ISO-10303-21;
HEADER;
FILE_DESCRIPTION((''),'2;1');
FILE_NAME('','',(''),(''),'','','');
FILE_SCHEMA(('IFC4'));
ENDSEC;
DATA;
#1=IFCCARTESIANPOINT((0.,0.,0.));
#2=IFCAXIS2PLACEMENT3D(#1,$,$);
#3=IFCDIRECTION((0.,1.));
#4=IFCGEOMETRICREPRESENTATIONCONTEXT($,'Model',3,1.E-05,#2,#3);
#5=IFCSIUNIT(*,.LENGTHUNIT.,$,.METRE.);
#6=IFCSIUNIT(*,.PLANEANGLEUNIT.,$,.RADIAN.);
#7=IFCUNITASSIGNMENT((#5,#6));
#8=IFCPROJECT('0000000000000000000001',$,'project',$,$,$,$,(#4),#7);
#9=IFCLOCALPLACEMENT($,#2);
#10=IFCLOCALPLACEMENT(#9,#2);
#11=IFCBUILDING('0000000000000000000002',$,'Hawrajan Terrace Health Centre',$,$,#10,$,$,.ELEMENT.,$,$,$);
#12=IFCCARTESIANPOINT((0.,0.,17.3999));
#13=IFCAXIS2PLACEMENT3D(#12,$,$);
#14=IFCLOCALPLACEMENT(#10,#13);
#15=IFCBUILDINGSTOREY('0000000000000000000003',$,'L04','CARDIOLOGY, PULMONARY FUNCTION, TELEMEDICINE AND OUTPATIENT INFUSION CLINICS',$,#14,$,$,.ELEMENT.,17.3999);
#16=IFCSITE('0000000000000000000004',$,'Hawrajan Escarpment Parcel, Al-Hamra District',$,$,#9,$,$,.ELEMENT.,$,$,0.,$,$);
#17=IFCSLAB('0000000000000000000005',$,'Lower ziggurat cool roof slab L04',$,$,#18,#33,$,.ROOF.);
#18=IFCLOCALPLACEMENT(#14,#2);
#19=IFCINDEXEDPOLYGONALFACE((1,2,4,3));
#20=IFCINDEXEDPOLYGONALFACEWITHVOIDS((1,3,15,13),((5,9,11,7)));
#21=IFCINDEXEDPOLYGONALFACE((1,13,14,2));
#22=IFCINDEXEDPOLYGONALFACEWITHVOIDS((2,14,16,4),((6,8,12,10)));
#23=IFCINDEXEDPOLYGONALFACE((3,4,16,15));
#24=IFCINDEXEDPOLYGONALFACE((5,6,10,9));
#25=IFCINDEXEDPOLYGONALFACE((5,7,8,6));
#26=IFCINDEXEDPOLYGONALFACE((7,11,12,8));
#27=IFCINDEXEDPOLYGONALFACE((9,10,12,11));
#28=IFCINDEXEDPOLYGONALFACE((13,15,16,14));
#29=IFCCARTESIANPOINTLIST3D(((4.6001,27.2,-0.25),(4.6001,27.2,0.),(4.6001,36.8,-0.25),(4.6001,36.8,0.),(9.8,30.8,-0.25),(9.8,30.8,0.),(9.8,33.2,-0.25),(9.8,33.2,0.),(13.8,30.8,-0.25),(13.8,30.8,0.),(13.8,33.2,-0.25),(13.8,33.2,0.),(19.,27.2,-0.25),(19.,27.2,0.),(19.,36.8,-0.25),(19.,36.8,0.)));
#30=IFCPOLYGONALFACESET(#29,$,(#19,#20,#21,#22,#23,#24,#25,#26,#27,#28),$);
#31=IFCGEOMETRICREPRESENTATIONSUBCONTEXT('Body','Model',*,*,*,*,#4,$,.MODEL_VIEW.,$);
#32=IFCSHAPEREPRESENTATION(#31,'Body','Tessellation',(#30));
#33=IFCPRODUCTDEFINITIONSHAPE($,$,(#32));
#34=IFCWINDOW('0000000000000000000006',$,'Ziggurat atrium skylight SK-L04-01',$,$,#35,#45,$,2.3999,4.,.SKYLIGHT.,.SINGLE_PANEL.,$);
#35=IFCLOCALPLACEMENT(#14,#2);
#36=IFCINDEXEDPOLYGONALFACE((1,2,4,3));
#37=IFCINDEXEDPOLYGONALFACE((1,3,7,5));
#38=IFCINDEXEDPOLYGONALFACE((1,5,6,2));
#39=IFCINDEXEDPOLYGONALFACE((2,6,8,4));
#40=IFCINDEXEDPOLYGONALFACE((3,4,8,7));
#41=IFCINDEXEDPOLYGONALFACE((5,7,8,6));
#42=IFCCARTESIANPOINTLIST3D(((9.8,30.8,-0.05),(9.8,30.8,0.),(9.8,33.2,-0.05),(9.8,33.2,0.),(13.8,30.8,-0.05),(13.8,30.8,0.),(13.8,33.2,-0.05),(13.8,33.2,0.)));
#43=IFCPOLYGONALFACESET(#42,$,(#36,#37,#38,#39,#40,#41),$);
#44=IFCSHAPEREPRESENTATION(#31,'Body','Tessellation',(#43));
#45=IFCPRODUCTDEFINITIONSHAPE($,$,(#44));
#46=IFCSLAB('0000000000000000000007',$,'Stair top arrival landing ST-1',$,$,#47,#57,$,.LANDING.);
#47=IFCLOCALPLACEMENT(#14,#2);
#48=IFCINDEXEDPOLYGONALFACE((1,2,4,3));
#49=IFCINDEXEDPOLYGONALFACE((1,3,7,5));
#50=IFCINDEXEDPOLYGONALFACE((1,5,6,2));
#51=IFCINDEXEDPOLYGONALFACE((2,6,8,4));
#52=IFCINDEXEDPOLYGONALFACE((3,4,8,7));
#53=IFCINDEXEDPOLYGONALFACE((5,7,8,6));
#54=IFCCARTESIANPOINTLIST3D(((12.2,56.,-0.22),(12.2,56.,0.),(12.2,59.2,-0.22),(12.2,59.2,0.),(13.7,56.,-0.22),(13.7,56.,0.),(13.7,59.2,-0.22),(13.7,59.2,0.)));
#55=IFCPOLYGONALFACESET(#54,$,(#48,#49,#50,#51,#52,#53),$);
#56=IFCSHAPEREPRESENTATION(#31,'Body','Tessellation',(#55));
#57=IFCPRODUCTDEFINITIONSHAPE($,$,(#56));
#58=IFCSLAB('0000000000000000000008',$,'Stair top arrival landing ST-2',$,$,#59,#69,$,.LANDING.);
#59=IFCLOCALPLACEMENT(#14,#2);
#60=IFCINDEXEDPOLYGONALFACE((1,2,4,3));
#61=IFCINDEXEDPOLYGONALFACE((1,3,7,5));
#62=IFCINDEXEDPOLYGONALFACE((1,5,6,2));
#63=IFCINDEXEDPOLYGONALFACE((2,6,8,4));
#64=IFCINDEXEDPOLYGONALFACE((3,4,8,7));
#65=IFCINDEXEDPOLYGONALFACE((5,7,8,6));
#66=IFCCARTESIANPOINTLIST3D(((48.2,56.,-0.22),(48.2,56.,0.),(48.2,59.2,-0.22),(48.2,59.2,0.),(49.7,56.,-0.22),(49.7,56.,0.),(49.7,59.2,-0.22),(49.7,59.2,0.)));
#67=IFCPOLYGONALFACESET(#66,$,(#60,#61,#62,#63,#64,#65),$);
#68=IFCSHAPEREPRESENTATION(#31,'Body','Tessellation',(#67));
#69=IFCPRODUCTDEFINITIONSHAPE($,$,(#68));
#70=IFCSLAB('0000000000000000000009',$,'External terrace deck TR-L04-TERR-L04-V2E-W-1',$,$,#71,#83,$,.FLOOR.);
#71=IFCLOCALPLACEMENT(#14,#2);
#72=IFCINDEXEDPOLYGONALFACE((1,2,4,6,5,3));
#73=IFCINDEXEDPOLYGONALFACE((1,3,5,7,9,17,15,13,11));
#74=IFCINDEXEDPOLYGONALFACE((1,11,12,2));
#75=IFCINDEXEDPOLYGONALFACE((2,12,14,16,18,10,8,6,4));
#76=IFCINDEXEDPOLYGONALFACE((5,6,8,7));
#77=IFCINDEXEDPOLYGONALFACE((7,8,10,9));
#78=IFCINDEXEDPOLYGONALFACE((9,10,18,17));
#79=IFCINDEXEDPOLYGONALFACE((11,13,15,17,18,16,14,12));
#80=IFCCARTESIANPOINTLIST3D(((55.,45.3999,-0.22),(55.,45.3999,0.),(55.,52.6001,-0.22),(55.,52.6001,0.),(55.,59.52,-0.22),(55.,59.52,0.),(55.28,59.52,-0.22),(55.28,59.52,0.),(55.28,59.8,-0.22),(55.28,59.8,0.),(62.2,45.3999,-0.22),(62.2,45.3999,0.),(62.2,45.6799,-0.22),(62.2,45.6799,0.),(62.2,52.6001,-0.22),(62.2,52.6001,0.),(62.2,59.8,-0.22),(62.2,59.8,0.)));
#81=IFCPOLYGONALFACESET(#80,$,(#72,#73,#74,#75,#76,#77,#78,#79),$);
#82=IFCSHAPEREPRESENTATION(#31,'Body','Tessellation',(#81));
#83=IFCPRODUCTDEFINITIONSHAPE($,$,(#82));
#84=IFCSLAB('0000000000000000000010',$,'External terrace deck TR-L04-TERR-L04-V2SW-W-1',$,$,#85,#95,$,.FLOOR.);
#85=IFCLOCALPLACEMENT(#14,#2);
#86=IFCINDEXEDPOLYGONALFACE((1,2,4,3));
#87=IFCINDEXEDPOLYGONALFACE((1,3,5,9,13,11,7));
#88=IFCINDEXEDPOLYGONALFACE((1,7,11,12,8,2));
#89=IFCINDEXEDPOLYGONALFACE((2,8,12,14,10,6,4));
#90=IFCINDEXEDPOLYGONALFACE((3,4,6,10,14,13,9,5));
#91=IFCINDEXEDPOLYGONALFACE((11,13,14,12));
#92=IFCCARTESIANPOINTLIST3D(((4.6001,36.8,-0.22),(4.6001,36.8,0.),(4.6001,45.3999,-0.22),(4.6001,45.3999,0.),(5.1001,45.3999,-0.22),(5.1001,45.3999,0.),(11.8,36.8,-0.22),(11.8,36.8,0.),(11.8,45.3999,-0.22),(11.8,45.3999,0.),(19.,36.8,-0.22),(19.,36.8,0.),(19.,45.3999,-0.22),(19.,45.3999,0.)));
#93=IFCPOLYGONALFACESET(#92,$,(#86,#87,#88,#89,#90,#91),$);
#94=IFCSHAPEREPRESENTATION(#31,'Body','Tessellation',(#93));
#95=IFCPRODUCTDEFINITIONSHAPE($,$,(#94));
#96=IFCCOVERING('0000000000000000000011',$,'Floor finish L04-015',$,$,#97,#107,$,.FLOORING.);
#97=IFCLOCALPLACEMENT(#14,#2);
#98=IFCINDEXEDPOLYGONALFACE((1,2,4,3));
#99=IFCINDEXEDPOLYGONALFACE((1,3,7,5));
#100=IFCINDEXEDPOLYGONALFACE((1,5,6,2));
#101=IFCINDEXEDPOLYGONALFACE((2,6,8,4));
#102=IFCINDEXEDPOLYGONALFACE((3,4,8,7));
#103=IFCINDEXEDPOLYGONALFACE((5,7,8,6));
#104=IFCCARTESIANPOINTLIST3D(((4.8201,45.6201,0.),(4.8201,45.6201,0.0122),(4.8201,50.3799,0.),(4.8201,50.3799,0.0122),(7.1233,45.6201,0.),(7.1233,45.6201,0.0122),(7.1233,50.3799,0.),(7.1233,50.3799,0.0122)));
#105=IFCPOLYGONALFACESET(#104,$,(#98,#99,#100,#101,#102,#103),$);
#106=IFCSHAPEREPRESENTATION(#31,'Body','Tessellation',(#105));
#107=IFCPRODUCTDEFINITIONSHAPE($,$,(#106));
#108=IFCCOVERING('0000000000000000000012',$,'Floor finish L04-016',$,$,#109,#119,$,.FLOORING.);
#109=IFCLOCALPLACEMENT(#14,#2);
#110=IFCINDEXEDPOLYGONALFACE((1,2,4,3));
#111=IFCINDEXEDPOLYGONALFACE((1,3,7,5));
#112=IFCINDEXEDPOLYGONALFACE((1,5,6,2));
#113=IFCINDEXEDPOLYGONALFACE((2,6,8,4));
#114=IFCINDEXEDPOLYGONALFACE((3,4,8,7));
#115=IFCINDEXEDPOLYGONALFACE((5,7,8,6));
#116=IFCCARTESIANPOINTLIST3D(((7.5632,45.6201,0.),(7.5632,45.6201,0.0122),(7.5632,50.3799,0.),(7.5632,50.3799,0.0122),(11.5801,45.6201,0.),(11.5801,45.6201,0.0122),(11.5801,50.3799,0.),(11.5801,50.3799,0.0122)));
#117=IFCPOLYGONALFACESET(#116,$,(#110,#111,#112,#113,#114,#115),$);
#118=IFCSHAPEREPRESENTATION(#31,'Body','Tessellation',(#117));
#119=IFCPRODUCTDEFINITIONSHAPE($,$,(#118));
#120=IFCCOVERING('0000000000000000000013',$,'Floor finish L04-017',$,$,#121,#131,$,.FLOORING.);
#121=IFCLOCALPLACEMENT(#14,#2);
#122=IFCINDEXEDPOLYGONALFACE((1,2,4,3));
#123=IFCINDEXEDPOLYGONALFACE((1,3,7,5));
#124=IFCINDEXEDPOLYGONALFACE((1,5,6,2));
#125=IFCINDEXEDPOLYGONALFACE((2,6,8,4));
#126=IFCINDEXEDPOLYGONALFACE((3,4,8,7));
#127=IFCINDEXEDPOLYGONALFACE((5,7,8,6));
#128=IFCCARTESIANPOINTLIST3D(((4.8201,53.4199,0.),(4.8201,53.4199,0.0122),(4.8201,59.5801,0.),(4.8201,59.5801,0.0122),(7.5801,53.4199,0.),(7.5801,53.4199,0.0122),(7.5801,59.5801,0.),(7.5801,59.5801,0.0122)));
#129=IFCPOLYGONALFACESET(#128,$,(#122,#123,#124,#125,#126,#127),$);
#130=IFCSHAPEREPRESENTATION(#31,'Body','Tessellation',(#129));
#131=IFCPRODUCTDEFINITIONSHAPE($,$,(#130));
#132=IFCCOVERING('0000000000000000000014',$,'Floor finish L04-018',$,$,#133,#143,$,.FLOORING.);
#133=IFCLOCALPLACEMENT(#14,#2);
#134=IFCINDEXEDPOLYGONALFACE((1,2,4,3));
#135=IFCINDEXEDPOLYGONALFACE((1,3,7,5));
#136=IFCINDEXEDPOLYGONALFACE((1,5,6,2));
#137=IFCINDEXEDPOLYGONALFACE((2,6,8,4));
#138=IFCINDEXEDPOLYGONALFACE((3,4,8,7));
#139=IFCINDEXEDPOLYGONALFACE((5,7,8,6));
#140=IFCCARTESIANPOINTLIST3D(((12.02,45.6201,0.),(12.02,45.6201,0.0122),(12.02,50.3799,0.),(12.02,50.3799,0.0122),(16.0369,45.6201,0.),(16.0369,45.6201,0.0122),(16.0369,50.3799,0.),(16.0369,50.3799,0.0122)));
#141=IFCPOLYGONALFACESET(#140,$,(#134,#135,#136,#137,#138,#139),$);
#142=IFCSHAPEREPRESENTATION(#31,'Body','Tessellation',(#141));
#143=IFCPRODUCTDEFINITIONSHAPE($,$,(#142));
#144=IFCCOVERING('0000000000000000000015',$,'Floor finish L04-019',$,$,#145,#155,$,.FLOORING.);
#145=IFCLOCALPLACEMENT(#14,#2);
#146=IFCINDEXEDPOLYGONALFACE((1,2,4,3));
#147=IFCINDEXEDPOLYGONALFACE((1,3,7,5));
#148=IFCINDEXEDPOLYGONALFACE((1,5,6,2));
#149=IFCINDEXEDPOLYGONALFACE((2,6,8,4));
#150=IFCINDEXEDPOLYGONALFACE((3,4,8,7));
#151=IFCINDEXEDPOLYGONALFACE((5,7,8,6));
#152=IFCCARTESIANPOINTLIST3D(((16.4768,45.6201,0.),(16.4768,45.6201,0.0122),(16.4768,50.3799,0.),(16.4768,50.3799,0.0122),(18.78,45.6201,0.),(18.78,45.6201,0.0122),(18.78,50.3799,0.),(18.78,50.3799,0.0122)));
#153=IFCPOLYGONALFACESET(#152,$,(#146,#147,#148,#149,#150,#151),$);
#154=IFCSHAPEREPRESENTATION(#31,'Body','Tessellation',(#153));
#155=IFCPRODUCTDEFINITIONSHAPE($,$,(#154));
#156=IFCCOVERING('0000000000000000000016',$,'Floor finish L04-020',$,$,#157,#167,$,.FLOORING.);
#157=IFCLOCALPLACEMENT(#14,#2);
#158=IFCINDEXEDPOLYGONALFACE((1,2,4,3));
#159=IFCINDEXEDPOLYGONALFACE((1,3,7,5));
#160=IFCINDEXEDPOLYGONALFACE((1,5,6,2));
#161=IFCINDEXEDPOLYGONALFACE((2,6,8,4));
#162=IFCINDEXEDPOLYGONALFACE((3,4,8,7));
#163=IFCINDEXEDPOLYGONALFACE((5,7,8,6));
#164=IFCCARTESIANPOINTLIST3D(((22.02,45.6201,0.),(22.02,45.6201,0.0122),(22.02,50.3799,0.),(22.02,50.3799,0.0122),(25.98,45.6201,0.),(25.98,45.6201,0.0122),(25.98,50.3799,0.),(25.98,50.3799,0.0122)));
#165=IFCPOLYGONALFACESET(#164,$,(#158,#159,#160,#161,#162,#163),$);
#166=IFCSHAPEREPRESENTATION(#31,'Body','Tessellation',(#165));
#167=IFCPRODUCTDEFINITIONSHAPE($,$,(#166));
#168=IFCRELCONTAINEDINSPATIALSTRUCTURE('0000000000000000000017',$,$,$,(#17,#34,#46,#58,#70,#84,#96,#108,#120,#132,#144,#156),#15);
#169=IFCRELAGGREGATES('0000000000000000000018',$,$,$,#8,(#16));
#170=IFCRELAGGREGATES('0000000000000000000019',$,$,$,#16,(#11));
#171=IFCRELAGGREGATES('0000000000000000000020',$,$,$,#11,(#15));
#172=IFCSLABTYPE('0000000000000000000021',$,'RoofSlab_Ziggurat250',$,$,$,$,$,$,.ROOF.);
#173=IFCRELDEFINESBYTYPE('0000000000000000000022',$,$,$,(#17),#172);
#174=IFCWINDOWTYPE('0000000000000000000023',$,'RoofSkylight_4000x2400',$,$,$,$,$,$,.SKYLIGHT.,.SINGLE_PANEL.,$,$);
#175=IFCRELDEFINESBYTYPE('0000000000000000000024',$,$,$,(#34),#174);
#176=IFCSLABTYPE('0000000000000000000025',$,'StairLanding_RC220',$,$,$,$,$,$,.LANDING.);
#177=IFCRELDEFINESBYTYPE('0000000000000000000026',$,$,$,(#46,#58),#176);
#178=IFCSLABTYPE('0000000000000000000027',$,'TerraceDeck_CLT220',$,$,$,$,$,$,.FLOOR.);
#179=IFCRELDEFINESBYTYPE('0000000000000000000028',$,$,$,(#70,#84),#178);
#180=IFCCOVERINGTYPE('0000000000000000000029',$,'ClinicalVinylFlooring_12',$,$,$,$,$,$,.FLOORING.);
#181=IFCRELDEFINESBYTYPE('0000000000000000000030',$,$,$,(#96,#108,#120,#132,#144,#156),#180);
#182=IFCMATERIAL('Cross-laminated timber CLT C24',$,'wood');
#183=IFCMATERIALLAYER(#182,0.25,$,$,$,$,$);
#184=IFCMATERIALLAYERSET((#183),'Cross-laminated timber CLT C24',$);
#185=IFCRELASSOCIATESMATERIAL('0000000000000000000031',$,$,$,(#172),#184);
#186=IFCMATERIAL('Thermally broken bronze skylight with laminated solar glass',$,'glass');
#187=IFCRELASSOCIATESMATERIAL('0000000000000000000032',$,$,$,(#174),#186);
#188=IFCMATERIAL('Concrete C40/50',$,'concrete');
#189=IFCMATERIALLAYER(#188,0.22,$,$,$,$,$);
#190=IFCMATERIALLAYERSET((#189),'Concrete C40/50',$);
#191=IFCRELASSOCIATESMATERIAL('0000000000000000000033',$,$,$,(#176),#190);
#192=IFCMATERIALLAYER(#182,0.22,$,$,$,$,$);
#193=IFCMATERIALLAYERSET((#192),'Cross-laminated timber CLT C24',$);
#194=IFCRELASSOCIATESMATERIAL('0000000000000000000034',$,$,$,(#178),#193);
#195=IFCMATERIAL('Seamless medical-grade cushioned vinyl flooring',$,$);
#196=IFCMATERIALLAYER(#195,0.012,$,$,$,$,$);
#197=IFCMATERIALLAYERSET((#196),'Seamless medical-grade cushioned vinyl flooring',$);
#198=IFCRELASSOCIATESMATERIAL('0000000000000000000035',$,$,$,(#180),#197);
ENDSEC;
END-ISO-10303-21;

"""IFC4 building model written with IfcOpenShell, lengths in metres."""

from ifc_helpers import new_model, si_unit, direction, frame, origin, origin_2d, place, context, subcontext, project, spatial, polyline, rectangle, outline, extrude, material, layer, layer_set, type_object, element, fill, save


model = new_model("IFC4")

# Units and contexts
model_context = context("Model", 3, precision=1e-05, world=origin(), true_north=direction((0.0, 1.0)))
body_context = subcontext(model_context, "Body", "Model", "MODEL_VIEW")
ifc_project = project(units=[si_unit("LENGTHUNIT", "METRE"), si_unit("PLANEANGLEUNIT", "RADIAN")], contexts=[model_context])

# Site, building, storey
site_placement = place(None, origin())
site = spatial("IfcSite", under=ifc_project, at=site_placement, Name="Hawrajan Escarpment Parcel, Al-Hamra District", CompositionType="ELEMENT", RefElevation=0.0)
building_placement = place(site_placement, origin())
building = spatial("IfcBuilding", under=site, at=building_placement, Name="Hawrajan Terrace Health Centre", CompositionType="ELEMENT")
storey_placement = place(building_placement, frame((0.0, 0.0, 17.3999)))
storey = spatial("IfcBuildingStorey", under=building, at=storey_placement, Name="L04", Description="CARDIOLOGY, PULMONARY FUNCTION, TELEMEDICINE AND OUTPATIENT INFUSION CLINICS", CompositionType="ELEMENT", Elevation=17.3999)

# Shared definitions
ifc_material_1 = material(Name="Cross-laminated timber CLT C24", Category="wood")
ifc_layer_1 = layer(ifc_material_1, 0.25)
ifc_layer_set_1 = layer_set([ifc_layer_1], Name="Cross-laminated timber CLT C24")
slab_type_1 = type_object("IfcSlabType", Name="RoofSlab_Ziggurat250", PredefinedType="ROOF", material=ifc_layer_set_1)

# Slab, opening, window
slab_1_placement = place(storey_placement, frame((0.0, 0.0, -0.25)))
slab_1 = element("IfcSlab", 1, at=slab_1_placement, inside=storey, type_object=slab_type_1, Name="Lower ziggurat cool roof slab L04", PredefinedType="ROOF", context=body_context, shape_type="SweptSolid", body=[
    extrude(outline(polyline([(4.6001, 27.2), (19.0, 27.2), (19.0, 36.8), (4.6001, 36.8), (4.6001, 27.2)]), holes=[polyline([(9.8, 30.8), (13.8, 30.8), (13.8, 33.2), (9.8, 33.2), (9.8, 30.8)])]), origin(), (0.0, 0.0, 1.0), 0.25),
])
opening_placement = place(slab_1_placement, frame((11.8, 32.0, -0.01)))
opening = element("IfcOpeningElement", 2, at=opening_placement, cuts=slab_1, PredefinedType="OPENING", context=body_context, shape_type="SweptSolid", body=[
    extrude(rectangle(XDim=4.0, YDim=2.3999, at=origin_2d()), origin(), (0.0, 0.0, 1.0), 0.27),
])
ifc_material_2 = material(Name="Thermally broken bronze skylight with laminated solar glass", Category="glass")
window_type = type_object("IfcWindowType", Name="RoofSkylight_4000x2400", PartitioningType="SINGLE_PANEL", PredefinedType="SKYLIGHT", material=ifc_material_2)
window_placement = place(opening_placement, frame((0.0, 0.0, 0.21)))
window = element("IfcWindow", 3, at=window_placement, inside=storey, type_object=window_type, Name="Ziggurat atrium skylight SK-L04-01", OverallHeight=2.3999, OverallWidth=4.0, PartitioningType="SINGLE_PANEL", PredefinedType="SKYLIGHT", context=body_context, shape_type="SweptSolid", body=[
    extrude(rectangle(XDim=4.0, YDim=2.3999, at=origin_2d()), origin(), (0.0, 0.0, 1.0), 0.05),
])
fill(opening, window)

# Slabs
ifc_material_3 = material(Name="Concrete C40/50", Category="concrete")
ifc_layer_2 = layer(ifc_material_3, 0.22)
ifc_layer_set_2 = layer_set([ifc_layer_2], Name="Concrete C40/50")
slab_type_2 = type_object("IfcSlabType", Name="StairLanding_RC220", PredefinedType="LANDING", material=ifc_layer_set_2)
slab_2_placement = place(storey_placement, frame((0.0, 0.0, -0.22)))
element("IfcSlab", 4, at=slab_2_placement, inside=storey, type_object=slab_type_2, Name="Stair top arrival landing ST-1", PredefinedType="LANDING", context=body_context, shape_type="SweptSolid", body=[
    extrude(outline(polyline([(12.2, 56.0), (13.7, 56.0), (13.7, 59.2), (12.2, 59.2), (12.2, 56.0)])), origin(), (0.0, 0.0, 1.0), 0.22),
])
slab_3_placement = place(storey_placement, frame((0.0, 0.0, -0.22)))
element("IfcSlab", 5, at=slab_3_placement, inside=storey, type_object=slab_type_2, Name="Stair top arrival landing ST-2", PredefinedType="LANDING", context=body_context, shape_type="SweptSolid", body=[
    extrude(outline(polyline([(48.2, 56.0), (49.7, 56.0), (49.7, 59.2), (48.2, 59.2), (48.2, 56.0)])), origin(), (0.0, 0.0, 1.0), 0.22),
])
ifc_layer_3 = layer(ifc_material_1, 0.22)
ifc_layer_set_3 = layer_set([ifc_layer_3], Name="Cross-laminated timber CLT C24")
slab_type_3 = type_object("IfcSlabType", Name="TerraceDeck_CLT220", PredefinedType="FLOOR", material=ifc_layer_set_3)
slab_4_placement = place(storey_placement, frame((0.0, 0.0, -0.22)))
element("IfcSlab", 6, at=slab_4_placement, inside=storey, type_object=slab_type_3, Name="External terrace deck TR-L04-TERR-L04-V2E-W-1", PredefinedType="FLOOR", context=body_context, shape_type="SweptSolid", body=[
    extrude(outline(polyline([(55.0, 45.3999), (55.0, 52.6001), (55.0, 59.52), (55.28, 59.52), (55.28, 59.8), (62.2, 59.8), (62.2, 52.6001), (62.2, 45.6799), (62.2, 45.3999), (55.0, 45.3999)])), origin(), (0.0, 0.0, 1.0), 0.22),
])
slab_5_placement = place(storey_placement, frame((0.0, 0.0, -0.22)))
element("IfcSlab", 7, at=slab_5_placement, inside=storey, type_object=slab_type_3, Name="External terrace deck TR-L04-TERR-L04-V2SW-W-1", PredefinedType="FLOOR", context=body_context, shape_type="SweptSolid", body=[
    extrude(outline(polyline([(4.6001, 45.3999), (5.1001, 45.3999), (11.8, 45.3999), (19.0, 45.3999), (19.0, 36.8), (11.8, 36.8), (4.6001, 36.8), (4.6001, 45.3999)])), origin(), (0.0, 0.0, 1.0), 0.22),
])

# Coverings
ifc_material_4 = material(Name="Seamless medical-grade cushioned vinyl flooring")
ifc_layer_4 = layer(ifc_material_4, 0.012)
ifc_layer_set_4 = layer_set([ifc_layer_4], Name="Seamless medical-grade cushioned vinyl flooring")
covering_type_1 = type_object("IfcCoveringType", Name="ClinicalVinylFlooring_12", PredefinedType="FLOORING", material=ifc_layer_set_4)
covering_1_placement = place(storey_placement, origin())
element("IfcCovering", 8, at=covering_1_placement, inside=storey, type_object=covering_type_1, Name="Floor finish L04-015", PredefinedType="FLOORING", context=body_context, shape_type="SweptSolid", body=[
    extrude(outline(polyline([(4.8201, 50.3799), (7.1233, 50.3799), (7.1233, 45.6201), (4.8201, 45.6201), (4.8201, 50.3799)])), origin(), (0.0, 0.0, 1.0), 0.0122),
])
covering_2_placement = place(storey_placement, origin())
element("IfcCovering", 9, at=covering_2_placement, inside=storey, type_object=covering_type_1, Name="Floor finish L04-016", PredefinedType="FLOORING", context=body_context, shape_type="SweptSolid", body=[
    extrude(outline(polyline([(7.5632, 50.3799), (11.5801, 50.3799), (11.5801, 45.6201), (7.5632, 45.6201), (7.5632, 50.3799)])), origin(), (0.0, 0.0, 1.0), 0.0122),
])
covering_3_placement = place(storey_placement, origin())
element("IfcCovering", 10, at=covering_3_placement, inside=storey, type_object=covering_type_1, Name="Floor finish L04-017", PredefinedType="FLOORING", context=body_context, shape_type="SweptSolid", body=[
    extrude(outline(polyline([(4.8201, 59.5801), (7.5801, 59.5801), (7.5801, 53.4199), (4.8201, 53.4199), (4.8201, 59.5801)])), origin(), (0.0, 0.0, 1.0), 0.0122),
])
covering_4_placement = place(storey_placement, origin())
element("IfcCovering", 11, at=covering_4_placement, inside=storey, type_object=covering_type_1, Name="Floor finish L04-018", PredefinedType="FLOORING", context=body_context, shape_type="SweptSolid", body=[
    extrude(outline(polyline([(12.02, 50.3799), (16.0369, 50.3799), (16.0369, 45.6201), (12.02, 45.6201), (12.02, 50.3799)])), origin(), (0.0, 0.0, 1.0), 0.0122),
])
covering_5_placement = place(storey_placement, origin())
element("IfcCovering", 12, at=covering_5_placement, inside=storey, type_object=covering_type_1, Name="Floor finish L04-019", PredefinedType="FLOORING", context=body_context, shape_type="SweptSolid", body=[
    extrude(outline(polyline([(16.4768, 50.3799), (18.78, 50.3799), (18.78, 45.6201), (16.4768, 45.6201), (16.4768, 50.3799)])), origin(), (0.0, 0.0, 1.0), 0.0122),
])
covering_6_placement = place(storey_placement, origin())
element("IfcCovering", 13, at=covering_6_placement, inside=storey, type_object=covering_type_1, Name="Floor finish L04-020", PredefinedType="FLOORING", context=body_context, shape_type="SweptSolid", body=[
    extrude(outline(polyline([(22.02, 50.3799), (25.98, 50.3799), (25.98, 45.6201), (22.02, 45.6201), (22.02, 50.3799)])), origin(), (0.0, 0.0, 1.0), 0.0122),
])

save(model, "model.ifc")
